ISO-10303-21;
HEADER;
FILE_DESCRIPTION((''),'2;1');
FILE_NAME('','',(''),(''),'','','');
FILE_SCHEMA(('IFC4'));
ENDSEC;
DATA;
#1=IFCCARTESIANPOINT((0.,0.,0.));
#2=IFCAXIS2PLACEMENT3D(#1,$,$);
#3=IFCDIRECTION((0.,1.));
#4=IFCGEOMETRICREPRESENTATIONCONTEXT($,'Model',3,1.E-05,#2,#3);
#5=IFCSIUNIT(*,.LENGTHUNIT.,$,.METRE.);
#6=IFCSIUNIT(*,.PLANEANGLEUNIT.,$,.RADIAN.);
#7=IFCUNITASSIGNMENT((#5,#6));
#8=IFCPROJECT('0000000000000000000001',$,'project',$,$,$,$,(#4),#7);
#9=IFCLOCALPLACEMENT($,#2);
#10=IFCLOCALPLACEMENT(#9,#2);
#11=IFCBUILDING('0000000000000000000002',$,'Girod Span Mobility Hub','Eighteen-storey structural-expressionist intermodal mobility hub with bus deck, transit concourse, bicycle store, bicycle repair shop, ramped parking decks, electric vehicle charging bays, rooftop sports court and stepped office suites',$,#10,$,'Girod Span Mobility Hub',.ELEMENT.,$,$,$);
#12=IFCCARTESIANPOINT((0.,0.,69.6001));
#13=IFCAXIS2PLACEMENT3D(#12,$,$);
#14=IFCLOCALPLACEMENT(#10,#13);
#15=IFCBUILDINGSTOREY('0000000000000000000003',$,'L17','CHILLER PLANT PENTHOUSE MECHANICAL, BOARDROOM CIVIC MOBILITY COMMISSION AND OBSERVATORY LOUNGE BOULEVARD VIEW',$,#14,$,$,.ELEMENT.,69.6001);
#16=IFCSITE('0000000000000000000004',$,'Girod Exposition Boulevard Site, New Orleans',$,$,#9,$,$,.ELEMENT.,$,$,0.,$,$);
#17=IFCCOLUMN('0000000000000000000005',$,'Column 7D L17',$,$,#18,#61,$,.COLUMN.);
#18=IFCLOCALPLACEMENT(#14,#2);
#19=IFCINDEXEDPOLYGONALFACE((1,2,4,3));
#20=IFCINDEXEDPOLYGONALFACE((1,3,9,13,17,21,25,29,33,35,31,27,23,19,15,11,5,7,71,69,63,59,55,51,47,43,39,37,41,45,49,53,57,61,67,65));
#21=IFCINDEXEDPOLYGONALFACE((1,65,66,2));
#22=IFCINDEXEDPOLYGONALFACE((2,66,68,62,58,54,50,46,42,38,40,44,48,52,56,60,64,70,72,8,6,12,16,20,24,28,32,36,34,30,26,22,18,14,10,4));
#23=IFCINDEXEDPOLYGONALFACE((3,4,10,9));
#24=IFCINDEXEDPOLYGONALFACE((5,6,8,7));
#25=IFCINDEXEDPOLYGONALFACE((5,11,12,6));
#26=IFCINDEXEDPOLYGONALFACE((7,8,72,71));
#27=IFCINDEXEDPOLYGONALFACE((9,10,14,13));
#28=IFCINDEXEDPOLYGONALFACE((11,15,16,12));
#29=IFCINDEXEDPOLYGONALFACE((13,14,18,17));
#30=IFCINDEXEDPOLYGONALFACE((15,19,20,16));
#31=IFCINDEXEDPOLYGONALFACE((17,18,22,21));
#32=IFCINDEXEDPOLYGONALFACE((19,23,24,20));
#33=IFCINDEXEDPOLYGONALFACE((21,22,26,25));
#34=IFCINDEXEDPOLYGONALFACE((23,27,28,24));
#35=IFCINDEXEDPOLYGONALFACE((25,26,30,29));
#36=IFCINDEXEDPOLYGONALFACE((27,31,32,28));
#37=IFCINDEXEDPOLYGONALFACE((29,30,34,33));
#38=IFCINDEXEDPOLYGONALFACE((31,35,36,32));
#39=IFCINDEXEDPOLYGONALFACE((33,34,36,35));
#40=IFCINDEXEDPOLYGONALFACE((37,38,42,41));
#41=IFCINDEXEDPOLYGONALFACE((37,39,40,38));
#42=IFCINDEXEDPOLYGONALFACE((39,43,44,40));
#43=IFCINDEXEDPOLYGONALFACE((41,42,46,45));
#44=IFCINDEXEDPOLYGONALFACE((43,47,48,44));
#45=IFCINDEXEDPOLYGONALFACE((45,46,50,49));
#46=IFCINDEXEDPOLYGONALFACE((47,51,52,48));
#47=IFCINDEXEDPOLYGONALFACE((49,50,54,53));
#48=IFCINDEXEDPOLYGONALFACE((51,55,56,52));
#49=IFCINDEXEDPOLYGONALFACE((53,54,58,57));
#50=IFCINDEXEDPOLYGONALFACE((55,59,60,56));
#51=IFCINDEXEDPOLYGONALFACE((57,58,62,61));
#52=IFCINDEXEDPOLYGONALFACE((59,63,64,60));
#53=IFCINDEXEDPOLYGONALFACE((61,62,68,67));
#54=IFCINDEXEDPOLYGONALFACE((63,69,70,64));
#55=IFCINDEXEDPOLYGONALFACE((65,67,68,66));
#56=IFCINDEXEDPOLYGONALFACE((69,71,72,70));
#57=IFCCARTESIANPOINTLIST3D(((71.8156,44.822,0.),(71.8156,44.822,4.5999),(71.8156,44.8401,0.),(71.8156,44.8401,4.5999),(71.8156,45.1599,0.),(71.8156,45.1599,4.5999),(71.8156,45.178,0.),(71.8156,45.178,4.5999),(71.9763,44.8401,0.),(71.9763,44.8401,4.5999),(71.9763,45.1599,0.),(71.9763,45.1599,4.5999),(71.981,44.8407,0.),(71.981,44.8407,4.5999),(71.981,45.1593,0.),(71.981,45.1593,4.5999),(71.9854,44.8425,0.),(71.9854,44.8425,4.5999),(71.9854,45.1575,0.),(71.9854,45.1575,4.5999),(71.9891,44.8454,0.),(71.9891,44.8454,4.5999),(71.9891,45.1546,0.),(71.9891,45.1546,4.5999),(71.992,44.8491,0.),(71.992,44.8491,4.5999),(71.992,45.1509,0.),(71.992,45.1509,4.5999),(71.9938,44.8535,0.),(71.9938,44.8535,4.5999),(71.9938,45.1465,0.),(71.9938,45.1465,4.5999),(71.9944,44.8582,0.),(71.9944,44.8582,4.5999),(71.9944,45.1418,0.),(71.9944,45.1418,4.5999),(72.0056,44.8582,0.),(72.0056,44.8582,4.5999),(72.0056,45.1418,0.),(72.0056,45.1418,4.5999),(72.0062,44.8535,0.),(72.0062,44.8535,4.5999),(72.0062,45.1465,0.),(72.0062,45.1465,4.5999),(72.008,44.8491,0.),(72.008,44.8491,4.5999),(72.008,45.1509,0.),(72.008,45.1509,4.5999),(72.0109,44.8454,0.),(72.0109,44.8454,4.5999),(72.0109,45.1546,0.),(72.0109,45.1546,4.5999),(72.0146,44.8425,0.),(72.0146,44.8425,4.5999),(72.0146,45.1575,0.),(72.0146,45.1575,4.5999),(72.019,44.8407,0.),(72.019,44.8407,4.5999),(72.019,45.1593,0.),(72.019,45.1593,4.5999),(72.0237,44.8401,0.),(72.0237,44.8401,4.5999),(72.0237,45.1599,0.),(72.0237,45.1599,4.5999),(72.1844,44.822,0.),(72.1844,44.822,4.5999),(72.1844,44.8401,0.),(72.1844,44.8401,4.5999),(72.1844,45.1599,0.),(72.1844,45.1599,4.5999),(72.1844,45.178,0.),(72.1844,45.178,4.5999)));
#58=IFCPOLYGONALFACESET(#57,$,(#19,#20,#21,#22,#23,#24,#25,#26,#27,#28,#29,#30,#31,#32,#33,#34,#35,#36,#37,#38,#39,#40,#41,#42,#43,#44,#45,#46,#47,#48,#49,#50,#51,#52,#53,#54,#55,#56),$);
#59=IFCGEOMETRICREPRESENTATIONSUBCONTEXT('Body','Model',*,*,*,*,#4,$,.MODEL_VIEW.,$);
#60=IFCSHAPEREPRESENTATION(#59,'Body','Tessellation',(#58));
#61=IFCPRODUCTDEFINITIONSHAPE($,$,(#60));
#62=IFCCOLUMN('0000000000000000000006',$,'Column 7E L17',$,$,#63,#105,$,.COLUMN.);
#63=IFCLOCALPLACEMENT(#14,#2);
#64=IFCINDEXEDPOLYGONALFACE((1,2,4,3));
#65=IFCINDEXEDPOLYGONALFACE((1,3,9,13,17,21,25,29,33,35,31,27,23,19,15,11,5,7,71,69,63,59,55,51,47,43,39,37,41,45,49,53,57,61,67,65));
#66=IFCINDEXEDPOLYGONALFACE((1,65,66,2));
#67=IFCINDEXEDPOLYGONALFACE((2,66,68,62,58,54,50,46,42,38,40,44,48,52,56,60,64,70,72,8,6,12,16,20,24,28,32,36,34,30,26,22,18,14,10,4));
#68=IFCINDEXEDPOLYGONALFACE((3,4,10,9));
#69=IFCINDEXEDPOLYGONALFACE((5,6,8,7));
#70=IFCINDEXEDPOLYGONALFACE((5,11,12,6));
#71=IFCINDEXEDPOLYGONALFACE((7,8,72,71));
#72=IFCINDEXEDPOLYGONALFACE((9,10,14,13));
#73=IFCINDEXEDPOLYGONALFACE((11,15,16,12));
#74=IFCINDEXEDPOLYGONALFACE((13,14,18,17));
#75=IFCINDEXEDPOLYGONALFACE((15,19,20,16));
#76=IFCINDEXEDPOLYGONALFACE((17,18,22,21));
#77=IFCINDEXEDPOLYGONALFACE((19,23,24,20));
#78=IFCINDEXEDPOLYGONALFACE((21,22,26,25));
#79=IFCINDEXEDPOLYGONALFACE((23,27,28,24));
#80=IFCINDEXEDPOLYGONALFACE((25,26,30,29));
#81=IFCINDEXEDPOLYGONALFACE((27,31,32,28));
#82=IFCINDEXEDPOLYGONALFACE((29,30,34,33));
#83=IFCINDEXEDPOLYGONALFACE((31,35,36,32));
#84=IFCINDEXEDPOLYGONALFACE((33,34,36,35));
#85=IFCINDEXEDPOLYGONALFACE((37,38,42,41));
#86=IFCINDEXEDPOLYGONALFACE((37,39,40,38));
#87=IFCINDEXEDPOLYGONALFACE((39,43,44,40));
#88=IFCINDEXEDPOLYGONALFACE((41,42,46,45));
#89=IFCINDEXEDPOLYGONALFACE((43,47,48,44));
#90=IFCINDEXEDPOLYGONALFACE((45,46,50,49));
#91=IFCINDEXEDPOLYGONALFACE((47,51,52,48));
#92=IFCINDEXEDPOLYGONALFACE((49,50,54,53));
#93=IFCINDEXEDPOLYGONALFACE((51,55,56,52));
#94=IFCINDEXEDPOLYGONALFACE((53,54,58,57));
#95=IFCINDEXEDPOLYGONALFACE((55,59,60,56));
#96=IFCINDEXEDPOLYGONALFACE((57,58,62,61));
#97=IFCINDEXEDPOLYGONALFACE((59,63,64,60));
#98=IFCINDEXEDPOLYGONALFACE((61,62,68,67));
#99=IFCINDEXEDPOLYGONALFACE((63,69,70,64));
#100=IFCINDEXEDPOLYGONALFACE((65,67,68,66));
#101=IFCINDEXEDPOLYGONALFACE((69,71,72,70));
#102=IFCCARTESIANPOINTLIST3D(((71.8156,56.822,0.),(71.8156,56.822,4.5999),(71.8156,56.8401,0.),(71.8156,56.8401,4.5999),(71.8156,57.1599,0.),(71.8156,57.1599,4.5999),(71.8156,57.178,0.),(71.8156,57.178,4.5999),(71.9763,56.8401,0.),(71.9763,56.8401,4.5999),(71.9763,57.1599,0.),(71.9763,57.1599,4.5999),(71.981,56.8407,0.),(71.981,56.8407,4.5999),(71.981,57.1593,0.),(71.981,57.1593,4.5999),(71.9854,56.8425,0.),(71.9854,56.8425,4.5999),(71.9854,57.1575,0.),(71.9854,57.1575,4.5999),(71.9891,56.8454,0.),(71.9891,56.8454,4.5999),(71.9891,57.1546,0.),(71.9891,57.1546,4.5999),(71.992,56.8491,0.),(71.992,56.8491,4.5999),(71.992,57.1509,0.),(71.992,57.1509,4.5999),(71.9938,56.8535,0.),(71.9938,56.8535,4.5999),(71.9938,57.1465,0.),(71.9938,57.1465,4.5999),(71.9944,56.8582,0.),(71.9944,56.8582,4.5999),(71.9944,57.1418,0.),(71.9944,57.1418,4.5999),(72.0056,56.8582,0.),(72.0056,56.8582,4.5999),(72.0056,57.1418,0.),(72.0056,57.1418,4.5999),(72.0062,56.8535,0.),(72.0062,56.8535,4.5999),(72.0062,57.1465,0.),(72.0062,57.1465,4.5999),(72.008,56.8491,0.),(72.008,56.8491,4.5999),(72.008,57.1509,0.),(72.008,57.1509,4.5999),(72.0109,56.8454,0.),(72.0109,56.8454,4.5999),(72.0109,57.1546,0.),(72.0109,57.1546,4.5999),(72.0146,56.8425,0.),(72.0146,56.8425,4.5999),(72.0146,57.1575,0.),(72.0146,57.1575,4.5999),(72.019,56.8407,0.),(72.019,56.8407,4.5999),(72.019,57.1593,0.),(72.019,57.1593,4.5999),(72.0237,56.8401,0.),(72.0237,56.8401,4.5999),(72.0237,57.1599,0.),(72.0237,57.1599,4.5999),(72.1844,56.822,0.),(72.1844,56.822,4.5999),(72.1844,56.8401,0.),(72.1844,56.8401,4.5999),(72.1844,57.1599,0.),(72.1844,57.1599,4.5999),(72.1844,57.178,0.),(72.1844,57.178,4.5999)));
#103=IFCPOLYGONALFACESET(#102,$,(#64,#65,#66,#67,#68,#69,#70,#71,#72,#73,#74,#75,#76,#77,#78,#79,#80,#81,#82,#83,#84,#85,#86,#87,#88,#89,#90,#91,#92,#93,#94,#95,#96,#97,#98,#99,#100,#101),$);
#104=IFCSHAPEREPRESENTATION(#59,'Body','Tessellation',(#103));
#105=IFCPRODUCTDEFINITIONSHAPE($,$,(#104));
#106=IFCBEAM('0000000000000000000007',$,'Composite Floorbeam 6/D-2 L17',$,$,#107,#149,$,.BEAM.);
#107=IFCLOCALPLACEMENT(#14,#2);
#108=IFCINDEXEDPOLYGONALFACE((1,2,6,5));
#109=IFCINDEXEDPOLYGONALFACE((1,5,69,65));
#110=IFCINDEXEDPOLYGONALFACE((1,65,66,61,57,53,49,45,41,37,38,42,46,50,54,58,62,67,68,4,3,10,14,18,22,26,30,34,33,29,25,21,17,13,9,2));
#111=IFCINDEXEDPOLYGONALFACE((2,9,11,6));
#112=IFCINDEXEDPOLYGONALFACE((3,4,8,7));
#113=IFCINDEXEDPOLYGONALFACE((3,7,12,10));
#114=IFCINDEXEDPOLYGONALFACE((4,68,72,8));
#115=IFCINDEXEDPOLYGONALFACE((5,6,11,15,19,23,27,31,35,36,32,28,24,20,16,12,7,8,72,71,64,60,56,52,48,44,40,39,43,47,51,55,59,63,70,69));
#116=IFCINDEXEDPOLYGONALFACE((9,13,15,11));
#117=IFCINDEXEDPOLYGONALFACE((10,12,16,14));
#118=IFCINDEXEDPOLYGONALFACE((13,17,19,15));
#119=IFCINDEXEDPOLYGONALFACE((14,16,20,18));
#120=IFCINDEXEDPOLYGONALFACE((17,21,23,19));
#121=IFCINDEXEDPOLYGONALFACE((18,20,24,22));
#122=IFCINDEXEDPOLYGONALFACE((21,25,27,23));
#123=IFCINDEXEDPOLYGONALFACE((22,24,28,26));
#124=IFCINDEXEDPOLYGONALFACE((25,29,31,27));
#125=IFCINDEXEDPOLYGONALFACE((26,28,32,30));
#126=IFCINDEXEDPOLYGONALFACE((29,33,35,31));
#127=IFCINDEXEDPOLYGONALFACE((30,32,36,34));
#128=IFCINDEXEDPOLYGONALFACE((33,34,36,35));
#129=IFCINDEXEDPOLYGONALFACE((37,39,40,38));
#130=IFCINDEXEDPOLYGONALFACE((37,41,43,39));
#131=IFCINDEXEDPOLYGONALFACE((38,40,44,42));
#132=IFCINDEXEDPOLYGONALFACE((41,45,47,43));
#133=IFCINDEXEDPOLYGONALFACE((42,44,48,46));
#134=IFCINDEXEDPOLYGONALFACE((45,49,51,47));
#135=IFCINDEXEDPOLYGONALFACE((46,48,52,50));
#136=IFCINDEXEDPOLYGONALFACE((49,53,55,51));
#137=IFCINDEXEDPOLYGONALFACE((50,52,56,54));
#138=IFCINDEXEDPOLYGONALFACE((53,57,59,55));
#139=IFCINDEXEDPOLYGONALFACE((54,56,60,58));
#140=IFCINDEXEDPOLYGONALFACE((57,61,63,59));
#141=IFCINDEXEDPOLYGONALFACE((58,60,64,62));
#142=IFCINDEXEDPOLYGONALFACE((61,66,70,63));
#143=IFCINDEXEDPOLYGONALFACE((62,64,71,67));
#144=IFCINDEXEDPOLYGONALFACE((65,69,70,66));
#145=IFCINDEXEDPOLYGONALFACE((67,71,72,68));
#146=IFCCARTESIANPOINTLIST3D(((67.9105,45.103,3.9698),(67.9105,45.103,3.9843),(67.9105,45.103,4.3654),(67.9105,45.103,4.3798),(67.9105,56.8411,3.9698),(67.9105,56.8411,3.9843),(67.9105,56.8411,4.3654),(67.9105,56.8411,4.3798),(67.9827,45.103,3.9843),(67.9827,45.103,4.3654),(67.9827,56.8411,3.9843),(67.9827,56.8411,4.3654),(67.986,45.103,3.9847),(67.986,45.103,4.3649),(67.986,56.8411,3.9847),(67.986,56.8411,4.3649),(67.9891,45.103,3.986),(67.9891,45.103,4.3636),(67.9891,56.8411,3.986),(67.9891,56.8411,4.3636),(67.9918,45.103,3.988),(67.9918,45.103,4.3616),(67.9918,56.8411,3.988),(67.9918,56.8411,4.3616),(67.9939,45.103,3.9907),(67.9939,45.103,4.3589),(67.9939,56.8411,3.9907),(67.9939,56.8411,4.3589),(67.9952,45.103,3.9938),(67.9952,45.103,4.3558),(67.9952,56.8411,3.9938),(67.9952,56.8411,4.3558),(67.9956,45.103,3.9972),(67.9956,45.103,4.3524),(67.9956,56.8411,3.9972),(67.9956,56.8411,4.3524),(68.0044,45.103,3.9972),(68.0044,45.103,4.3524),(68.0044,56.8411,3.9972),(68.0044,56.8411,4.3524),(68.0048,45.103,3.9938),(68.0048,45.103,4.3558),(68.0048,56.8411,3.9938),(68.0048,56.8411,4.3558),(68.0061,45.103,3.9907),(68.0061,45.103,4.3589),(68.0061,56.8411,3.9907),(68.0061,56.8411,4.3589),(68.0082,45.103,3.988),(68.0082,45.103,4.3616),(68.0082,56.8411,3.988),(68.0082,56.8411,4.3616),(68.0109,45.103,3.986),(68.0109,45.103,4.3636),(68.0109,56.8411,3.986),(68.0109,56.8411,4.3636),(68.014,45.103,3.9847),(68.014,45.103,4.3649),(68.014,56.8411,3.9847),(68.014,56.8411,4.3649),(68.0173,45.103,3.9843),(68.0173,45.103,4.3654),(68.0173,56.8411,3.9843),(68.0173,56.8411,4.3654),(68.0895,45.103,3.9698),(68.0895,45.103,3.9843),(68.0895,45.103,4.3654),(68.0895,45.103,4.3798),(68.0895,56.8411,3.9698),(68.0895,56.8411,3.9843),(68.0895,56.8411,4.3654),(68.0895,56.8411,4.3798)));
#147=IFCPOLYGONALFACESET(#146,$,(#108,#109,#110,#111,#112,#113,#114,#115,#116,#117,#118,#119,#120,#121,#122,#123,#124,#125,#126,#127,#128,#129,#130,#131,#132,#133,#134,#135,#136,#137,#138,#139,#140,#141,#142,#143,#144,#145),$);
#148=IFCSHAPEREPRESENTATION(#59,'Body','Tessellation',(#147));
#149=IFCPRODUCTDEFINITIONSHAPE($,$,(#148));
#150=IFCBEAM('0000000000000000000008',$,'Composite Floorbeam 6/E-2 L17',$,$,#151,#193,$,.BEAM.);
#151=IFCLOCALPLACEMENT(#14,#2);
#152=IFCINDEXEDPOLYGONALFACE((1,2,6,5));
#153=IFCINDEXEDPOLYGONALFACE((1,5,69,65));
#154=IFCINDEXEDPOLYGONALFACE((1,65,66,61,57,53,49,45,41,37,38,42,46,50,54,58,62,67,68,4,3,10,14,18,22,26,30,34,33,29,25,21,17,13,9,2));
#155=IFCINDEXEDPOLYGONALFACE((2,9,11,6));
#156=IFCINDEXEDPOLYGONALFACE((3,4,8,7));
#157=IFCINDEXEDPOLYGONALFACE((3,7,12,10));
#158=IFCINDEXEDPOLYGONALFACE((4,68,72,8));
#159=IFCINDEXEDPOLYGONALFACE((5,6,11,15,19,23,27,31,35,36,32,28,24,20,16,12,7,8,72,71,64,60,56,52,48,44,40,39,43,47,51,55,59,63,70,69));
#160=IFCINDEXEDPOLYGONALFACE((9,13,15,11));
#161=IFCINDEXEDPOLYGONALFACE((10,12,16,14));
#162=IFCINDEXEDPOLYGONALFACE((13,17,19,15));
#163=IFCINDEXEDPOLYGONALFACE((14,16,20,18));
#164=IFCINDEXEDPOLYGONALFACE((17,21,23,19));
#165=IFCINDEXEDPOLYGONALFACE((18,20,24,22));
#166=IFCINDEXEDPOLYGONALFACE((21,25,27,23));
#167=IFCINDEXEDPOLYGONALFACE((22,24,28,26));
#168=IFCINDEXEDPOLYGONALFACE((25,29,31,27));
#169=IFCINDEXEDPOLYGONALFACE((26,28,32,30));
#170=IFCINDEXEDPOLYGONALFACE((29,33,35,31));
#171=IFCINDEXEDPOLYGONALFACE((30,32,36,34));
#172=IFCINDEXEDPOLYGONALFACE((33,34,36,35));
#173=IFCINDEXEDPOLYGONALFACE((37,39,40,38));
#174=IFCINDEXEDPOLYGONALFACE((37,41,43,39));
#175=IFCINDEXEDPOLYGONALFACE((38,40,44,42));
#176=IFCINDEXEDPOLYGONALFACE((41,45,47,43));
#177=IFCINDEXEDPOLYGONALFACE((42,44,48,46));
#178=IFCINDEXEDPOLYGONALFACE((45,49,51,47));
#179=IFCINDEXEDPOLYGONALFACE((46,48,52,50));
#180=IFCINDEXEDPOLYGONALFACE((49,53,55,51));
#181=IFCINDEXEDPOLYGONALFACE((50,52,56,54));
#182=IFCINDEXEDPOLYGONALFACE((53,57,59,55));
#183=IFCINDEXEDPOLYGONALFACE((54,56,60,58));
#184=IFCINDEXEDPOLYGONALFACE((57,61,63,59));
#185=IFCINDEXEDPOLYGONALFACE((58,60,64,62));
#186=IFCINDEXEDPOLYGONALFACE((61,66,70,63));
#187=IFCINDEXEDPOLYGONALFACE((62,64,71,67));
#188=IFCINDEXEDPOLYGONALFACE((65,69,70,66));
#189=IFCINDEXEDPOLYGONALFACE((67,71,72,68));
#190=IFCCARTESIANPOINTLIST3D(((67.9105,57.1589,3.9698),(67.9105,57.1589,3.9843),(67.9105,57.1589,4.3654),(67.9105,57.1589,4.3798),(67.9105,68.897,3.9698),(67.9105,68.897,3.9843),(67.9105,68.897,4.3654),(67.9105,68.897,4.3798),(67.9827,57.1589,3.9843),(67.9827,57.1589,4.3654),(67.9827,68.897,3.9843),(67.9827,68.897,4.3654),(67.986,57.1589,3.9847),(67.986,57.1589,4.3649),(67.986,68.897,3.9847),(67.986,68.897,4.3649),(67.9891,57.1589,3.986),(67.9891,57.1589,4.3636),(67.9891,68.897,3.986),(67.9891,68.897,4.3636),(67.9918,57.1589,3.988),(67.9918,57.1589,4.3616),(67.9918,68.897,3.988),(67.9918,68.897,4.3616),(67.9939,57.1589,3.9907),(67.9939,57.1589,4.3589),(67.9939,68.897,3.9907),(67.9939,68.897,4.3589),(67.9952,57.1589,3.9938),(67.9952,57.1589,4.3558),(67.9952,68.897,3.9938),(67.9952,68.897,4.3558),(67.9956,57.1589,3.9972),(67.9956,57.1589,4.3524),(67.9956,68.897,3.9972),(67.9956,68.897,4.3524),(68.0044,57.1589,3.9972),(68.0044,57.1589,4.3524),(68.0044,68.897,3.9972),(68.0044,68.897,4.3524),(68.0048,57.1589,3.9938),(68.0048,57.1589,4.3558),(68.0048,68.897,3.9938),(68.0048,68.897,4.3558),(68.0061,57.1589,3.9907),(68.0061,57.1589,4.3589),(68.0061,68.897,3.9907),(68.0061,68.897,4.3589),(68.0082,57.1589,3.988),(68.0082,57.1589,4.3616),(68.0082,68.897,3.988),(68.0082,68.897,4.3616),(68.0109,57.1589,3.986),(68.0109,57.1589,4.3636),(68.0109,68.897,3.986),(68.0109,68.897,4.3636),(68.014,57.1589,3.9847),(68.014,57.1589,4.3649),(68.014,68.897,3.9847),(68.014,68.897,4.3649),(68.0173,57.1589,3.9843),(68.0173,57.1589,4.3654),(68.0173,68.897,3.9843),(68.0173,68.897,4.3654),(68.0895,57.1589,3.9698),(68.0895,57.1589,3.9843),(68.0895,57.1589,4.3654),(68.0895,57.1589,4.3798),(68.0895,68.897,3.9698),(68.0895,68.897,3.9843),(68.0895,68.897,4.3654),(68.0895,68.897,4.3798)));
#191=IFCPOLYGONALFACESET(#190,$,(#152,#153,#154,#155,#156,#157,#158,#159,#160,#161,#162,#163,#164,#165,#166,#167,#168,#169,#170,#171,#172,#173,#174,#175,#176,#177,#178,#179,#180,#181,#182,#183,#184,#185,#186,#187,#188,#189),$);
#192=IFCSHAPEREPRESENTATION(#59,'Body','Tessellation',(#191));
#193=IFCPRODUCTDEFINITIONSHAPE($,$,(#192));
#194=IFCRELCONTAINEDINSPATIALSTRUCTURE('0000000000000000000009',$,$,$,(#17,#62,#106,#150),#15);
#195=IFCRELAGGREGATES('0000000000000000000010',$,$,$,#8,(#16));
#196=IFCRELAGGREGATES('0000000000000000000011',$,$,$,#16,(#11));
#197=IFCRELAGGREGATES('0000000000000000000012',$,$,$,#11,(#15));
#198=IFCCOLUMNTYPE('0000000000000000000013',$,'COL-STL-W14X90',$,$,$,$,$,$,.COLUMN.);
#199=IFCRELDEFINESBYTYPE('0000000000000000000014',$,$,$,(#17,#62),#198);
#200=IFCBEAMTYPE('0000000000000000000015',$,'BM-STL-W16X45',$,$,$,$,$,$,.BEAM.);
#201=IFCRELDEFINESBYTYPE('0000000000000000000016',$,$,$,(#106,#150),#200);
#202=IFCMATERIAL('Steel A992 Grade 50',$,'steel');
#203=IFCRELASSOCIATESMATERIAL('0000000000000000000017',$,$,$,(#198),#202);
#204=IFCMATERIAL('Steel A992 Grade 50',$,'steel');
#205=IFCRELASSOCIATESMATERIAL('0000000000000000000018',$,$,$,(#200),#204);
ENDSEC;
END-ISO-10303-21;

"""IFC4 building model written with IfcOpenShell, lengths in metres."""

from ifc_helpers import new_model, si_unit, direction, frame, origin, origin_2d, place, context, subcontext, project, spatial, i_section, extrude, material, material_profile, profile_set, type_object, element, save


model = new_model("IFC4")

# Units and contexts
model_context = context("Model", 3, precision=1e-05, world=origin(), true_north=direction((0.0, 1.0)))
body_context = subcontext(model_context, "Body", "Model", "MODEL_VIEW")
ifc_project = project(units=[si_unit("LENGTHUNIT", "METRE"), si_unit("PLANEANGLEUNIT", "RADIAN")], contexts=[model_context])

# Site, building, storey
site_placement = place(None, origin())
site = spatial("IfcSite", under=ifc_project, at=site_placement, Name="Girod Exposition Boulevard Site, New Orleans", CompositionType="ELEMENT", RefElevation=0.0)
building_placement = place(site_placement, origin())
building = spatial("IfcBuilding", under=site, at=building_placement, Name="Girod Span Mobility Hub", Description="Eighteen-storey structural-expressionist intermodal mobility hub with bus deck, transit concourse, bicycle store, bicycle repair shop, ramped parking decks, electric vehicle charging bays, rooftop sports court and stepped office suites", LongName="Girod Span Mobility Hub", CompositionType="ELEMENT")
storey_placement = place(building_placement, frame((0.0, 0.0, 69.6001)))
storey = spatial("IfcBuildingStorey", under=building, at=storey_placement, Name="L17", Description="CHILLER PLANT PENTHOUSE MECHANICAL, BOARDROOM CIVIC MOBILITY COMMISSION AND OBSERVATORY LOUNGE BOULEVARD VIEW", CompositionType="ELEMENT", Elevation=69.6001)

# Columns
ifc_material_1 = material(Name="Steel A992 Grade 50", Category="steel")
ifc_material_profile_1 = material_profile(ifc_material_1, i_section(OverallWidth=0.3689, OverallDepth=0.356, WebThickness=0.0112, FlangeThickness=0.0181, FilletRadius=0.0181, at=origin_2d()), Name="W14X90")
ifc_profile_set_1 = profile_set([ifc_material_profile_1], Name="Steel A992 Grade 50")
column_type = type_object("IfcColumnType", Name="COL-STL-W14X90", PredefinedType="COLUMN", material=ifc_profile_set_1)
for number, where, z_axis, x_axis, name in (
    (1, (72.0, 45.0, 0.0), (0.0, 0.0, 1.0), (1.0, 0.0, 0.0), "Column 7D L17"),
    (2, (72.0, 57.0, 0.0), (0.0, 0.0, 1.0), (1.0, 0.0, 0.0), "Column 7E L17"),
):
    element("IfcColumn", number, at=place(storey_placement, frame(where, z_axis=z_axis, x_axis=x_axis)), inside=storey, type_object=column_type, Name=name, PredefinedType="COLUMN", context=body_context, shape_type="SweptSolid", body=[
        extrude(i_section(OverallWidth=0.3689, OverallDepth=0.356, WebThickness=0.0112, FlangeThickness=0.0181, FilletRadius=0.0181, at=origin_2d()), origin(), (0.0, 0.0, 1.0), 4.5999),
    ])

# Beams
ifc_material_2 = material(Name="Steel A992 Grade 50", Category="steel")
ifc_material_profile_2 = material_profile(ifc_material_2, i_section(OverallWidth=0.179, OverallDepth=0.4099, WebThickness=0.0088, FlangeThickness=0.0144, FilletRadius=0.0129, at=origin_2d()), Name="W16X45")
ifc_profile_set_2 = profile_set([ifc_material_profile_2], Name="Steel A992 Grade 50")
beam_type_1 = type_object("IfcBeamType", Name="BM-STL-W16X45", PredefinedType="BEAM", material=ifc_profile_set_2)
for number, where, z_axis, x_axis, name in (
    (3, (68.0, 45.103, 4.1748), (0.0, 1.0, 0.0), (-1.0, 0.0, 0.0), "Composite Floorbeam 6/D-2 L17"),
    (4, (68.0, 57.1589, 4.1748), (0.0, 1.0, 0.0), (-1.0, 0.0, 0.0), "Composite Floorbeam 6/E-2 L17"),
):
    element("IfcBeam", number, at=place(storey_placement, frame(where, z_axis=z_axis, x_axis=x_axis)), inside=storey, type_object=beam_type_1, Name=name, PredefinedType="BEAM", context=body_context, shape_type="SweptSolid", body=[
        extrude(i_section(OverallWidth=0.179, OverallDepth=0.4099, WebThickness=0.0088, FlangeThickness=0.0144, FilletRadius=0.0129, at=origin_2d()), origin(), (0.0, 0.0, 1.0), 11.738),
    ])

save(model, "model.ifc")
